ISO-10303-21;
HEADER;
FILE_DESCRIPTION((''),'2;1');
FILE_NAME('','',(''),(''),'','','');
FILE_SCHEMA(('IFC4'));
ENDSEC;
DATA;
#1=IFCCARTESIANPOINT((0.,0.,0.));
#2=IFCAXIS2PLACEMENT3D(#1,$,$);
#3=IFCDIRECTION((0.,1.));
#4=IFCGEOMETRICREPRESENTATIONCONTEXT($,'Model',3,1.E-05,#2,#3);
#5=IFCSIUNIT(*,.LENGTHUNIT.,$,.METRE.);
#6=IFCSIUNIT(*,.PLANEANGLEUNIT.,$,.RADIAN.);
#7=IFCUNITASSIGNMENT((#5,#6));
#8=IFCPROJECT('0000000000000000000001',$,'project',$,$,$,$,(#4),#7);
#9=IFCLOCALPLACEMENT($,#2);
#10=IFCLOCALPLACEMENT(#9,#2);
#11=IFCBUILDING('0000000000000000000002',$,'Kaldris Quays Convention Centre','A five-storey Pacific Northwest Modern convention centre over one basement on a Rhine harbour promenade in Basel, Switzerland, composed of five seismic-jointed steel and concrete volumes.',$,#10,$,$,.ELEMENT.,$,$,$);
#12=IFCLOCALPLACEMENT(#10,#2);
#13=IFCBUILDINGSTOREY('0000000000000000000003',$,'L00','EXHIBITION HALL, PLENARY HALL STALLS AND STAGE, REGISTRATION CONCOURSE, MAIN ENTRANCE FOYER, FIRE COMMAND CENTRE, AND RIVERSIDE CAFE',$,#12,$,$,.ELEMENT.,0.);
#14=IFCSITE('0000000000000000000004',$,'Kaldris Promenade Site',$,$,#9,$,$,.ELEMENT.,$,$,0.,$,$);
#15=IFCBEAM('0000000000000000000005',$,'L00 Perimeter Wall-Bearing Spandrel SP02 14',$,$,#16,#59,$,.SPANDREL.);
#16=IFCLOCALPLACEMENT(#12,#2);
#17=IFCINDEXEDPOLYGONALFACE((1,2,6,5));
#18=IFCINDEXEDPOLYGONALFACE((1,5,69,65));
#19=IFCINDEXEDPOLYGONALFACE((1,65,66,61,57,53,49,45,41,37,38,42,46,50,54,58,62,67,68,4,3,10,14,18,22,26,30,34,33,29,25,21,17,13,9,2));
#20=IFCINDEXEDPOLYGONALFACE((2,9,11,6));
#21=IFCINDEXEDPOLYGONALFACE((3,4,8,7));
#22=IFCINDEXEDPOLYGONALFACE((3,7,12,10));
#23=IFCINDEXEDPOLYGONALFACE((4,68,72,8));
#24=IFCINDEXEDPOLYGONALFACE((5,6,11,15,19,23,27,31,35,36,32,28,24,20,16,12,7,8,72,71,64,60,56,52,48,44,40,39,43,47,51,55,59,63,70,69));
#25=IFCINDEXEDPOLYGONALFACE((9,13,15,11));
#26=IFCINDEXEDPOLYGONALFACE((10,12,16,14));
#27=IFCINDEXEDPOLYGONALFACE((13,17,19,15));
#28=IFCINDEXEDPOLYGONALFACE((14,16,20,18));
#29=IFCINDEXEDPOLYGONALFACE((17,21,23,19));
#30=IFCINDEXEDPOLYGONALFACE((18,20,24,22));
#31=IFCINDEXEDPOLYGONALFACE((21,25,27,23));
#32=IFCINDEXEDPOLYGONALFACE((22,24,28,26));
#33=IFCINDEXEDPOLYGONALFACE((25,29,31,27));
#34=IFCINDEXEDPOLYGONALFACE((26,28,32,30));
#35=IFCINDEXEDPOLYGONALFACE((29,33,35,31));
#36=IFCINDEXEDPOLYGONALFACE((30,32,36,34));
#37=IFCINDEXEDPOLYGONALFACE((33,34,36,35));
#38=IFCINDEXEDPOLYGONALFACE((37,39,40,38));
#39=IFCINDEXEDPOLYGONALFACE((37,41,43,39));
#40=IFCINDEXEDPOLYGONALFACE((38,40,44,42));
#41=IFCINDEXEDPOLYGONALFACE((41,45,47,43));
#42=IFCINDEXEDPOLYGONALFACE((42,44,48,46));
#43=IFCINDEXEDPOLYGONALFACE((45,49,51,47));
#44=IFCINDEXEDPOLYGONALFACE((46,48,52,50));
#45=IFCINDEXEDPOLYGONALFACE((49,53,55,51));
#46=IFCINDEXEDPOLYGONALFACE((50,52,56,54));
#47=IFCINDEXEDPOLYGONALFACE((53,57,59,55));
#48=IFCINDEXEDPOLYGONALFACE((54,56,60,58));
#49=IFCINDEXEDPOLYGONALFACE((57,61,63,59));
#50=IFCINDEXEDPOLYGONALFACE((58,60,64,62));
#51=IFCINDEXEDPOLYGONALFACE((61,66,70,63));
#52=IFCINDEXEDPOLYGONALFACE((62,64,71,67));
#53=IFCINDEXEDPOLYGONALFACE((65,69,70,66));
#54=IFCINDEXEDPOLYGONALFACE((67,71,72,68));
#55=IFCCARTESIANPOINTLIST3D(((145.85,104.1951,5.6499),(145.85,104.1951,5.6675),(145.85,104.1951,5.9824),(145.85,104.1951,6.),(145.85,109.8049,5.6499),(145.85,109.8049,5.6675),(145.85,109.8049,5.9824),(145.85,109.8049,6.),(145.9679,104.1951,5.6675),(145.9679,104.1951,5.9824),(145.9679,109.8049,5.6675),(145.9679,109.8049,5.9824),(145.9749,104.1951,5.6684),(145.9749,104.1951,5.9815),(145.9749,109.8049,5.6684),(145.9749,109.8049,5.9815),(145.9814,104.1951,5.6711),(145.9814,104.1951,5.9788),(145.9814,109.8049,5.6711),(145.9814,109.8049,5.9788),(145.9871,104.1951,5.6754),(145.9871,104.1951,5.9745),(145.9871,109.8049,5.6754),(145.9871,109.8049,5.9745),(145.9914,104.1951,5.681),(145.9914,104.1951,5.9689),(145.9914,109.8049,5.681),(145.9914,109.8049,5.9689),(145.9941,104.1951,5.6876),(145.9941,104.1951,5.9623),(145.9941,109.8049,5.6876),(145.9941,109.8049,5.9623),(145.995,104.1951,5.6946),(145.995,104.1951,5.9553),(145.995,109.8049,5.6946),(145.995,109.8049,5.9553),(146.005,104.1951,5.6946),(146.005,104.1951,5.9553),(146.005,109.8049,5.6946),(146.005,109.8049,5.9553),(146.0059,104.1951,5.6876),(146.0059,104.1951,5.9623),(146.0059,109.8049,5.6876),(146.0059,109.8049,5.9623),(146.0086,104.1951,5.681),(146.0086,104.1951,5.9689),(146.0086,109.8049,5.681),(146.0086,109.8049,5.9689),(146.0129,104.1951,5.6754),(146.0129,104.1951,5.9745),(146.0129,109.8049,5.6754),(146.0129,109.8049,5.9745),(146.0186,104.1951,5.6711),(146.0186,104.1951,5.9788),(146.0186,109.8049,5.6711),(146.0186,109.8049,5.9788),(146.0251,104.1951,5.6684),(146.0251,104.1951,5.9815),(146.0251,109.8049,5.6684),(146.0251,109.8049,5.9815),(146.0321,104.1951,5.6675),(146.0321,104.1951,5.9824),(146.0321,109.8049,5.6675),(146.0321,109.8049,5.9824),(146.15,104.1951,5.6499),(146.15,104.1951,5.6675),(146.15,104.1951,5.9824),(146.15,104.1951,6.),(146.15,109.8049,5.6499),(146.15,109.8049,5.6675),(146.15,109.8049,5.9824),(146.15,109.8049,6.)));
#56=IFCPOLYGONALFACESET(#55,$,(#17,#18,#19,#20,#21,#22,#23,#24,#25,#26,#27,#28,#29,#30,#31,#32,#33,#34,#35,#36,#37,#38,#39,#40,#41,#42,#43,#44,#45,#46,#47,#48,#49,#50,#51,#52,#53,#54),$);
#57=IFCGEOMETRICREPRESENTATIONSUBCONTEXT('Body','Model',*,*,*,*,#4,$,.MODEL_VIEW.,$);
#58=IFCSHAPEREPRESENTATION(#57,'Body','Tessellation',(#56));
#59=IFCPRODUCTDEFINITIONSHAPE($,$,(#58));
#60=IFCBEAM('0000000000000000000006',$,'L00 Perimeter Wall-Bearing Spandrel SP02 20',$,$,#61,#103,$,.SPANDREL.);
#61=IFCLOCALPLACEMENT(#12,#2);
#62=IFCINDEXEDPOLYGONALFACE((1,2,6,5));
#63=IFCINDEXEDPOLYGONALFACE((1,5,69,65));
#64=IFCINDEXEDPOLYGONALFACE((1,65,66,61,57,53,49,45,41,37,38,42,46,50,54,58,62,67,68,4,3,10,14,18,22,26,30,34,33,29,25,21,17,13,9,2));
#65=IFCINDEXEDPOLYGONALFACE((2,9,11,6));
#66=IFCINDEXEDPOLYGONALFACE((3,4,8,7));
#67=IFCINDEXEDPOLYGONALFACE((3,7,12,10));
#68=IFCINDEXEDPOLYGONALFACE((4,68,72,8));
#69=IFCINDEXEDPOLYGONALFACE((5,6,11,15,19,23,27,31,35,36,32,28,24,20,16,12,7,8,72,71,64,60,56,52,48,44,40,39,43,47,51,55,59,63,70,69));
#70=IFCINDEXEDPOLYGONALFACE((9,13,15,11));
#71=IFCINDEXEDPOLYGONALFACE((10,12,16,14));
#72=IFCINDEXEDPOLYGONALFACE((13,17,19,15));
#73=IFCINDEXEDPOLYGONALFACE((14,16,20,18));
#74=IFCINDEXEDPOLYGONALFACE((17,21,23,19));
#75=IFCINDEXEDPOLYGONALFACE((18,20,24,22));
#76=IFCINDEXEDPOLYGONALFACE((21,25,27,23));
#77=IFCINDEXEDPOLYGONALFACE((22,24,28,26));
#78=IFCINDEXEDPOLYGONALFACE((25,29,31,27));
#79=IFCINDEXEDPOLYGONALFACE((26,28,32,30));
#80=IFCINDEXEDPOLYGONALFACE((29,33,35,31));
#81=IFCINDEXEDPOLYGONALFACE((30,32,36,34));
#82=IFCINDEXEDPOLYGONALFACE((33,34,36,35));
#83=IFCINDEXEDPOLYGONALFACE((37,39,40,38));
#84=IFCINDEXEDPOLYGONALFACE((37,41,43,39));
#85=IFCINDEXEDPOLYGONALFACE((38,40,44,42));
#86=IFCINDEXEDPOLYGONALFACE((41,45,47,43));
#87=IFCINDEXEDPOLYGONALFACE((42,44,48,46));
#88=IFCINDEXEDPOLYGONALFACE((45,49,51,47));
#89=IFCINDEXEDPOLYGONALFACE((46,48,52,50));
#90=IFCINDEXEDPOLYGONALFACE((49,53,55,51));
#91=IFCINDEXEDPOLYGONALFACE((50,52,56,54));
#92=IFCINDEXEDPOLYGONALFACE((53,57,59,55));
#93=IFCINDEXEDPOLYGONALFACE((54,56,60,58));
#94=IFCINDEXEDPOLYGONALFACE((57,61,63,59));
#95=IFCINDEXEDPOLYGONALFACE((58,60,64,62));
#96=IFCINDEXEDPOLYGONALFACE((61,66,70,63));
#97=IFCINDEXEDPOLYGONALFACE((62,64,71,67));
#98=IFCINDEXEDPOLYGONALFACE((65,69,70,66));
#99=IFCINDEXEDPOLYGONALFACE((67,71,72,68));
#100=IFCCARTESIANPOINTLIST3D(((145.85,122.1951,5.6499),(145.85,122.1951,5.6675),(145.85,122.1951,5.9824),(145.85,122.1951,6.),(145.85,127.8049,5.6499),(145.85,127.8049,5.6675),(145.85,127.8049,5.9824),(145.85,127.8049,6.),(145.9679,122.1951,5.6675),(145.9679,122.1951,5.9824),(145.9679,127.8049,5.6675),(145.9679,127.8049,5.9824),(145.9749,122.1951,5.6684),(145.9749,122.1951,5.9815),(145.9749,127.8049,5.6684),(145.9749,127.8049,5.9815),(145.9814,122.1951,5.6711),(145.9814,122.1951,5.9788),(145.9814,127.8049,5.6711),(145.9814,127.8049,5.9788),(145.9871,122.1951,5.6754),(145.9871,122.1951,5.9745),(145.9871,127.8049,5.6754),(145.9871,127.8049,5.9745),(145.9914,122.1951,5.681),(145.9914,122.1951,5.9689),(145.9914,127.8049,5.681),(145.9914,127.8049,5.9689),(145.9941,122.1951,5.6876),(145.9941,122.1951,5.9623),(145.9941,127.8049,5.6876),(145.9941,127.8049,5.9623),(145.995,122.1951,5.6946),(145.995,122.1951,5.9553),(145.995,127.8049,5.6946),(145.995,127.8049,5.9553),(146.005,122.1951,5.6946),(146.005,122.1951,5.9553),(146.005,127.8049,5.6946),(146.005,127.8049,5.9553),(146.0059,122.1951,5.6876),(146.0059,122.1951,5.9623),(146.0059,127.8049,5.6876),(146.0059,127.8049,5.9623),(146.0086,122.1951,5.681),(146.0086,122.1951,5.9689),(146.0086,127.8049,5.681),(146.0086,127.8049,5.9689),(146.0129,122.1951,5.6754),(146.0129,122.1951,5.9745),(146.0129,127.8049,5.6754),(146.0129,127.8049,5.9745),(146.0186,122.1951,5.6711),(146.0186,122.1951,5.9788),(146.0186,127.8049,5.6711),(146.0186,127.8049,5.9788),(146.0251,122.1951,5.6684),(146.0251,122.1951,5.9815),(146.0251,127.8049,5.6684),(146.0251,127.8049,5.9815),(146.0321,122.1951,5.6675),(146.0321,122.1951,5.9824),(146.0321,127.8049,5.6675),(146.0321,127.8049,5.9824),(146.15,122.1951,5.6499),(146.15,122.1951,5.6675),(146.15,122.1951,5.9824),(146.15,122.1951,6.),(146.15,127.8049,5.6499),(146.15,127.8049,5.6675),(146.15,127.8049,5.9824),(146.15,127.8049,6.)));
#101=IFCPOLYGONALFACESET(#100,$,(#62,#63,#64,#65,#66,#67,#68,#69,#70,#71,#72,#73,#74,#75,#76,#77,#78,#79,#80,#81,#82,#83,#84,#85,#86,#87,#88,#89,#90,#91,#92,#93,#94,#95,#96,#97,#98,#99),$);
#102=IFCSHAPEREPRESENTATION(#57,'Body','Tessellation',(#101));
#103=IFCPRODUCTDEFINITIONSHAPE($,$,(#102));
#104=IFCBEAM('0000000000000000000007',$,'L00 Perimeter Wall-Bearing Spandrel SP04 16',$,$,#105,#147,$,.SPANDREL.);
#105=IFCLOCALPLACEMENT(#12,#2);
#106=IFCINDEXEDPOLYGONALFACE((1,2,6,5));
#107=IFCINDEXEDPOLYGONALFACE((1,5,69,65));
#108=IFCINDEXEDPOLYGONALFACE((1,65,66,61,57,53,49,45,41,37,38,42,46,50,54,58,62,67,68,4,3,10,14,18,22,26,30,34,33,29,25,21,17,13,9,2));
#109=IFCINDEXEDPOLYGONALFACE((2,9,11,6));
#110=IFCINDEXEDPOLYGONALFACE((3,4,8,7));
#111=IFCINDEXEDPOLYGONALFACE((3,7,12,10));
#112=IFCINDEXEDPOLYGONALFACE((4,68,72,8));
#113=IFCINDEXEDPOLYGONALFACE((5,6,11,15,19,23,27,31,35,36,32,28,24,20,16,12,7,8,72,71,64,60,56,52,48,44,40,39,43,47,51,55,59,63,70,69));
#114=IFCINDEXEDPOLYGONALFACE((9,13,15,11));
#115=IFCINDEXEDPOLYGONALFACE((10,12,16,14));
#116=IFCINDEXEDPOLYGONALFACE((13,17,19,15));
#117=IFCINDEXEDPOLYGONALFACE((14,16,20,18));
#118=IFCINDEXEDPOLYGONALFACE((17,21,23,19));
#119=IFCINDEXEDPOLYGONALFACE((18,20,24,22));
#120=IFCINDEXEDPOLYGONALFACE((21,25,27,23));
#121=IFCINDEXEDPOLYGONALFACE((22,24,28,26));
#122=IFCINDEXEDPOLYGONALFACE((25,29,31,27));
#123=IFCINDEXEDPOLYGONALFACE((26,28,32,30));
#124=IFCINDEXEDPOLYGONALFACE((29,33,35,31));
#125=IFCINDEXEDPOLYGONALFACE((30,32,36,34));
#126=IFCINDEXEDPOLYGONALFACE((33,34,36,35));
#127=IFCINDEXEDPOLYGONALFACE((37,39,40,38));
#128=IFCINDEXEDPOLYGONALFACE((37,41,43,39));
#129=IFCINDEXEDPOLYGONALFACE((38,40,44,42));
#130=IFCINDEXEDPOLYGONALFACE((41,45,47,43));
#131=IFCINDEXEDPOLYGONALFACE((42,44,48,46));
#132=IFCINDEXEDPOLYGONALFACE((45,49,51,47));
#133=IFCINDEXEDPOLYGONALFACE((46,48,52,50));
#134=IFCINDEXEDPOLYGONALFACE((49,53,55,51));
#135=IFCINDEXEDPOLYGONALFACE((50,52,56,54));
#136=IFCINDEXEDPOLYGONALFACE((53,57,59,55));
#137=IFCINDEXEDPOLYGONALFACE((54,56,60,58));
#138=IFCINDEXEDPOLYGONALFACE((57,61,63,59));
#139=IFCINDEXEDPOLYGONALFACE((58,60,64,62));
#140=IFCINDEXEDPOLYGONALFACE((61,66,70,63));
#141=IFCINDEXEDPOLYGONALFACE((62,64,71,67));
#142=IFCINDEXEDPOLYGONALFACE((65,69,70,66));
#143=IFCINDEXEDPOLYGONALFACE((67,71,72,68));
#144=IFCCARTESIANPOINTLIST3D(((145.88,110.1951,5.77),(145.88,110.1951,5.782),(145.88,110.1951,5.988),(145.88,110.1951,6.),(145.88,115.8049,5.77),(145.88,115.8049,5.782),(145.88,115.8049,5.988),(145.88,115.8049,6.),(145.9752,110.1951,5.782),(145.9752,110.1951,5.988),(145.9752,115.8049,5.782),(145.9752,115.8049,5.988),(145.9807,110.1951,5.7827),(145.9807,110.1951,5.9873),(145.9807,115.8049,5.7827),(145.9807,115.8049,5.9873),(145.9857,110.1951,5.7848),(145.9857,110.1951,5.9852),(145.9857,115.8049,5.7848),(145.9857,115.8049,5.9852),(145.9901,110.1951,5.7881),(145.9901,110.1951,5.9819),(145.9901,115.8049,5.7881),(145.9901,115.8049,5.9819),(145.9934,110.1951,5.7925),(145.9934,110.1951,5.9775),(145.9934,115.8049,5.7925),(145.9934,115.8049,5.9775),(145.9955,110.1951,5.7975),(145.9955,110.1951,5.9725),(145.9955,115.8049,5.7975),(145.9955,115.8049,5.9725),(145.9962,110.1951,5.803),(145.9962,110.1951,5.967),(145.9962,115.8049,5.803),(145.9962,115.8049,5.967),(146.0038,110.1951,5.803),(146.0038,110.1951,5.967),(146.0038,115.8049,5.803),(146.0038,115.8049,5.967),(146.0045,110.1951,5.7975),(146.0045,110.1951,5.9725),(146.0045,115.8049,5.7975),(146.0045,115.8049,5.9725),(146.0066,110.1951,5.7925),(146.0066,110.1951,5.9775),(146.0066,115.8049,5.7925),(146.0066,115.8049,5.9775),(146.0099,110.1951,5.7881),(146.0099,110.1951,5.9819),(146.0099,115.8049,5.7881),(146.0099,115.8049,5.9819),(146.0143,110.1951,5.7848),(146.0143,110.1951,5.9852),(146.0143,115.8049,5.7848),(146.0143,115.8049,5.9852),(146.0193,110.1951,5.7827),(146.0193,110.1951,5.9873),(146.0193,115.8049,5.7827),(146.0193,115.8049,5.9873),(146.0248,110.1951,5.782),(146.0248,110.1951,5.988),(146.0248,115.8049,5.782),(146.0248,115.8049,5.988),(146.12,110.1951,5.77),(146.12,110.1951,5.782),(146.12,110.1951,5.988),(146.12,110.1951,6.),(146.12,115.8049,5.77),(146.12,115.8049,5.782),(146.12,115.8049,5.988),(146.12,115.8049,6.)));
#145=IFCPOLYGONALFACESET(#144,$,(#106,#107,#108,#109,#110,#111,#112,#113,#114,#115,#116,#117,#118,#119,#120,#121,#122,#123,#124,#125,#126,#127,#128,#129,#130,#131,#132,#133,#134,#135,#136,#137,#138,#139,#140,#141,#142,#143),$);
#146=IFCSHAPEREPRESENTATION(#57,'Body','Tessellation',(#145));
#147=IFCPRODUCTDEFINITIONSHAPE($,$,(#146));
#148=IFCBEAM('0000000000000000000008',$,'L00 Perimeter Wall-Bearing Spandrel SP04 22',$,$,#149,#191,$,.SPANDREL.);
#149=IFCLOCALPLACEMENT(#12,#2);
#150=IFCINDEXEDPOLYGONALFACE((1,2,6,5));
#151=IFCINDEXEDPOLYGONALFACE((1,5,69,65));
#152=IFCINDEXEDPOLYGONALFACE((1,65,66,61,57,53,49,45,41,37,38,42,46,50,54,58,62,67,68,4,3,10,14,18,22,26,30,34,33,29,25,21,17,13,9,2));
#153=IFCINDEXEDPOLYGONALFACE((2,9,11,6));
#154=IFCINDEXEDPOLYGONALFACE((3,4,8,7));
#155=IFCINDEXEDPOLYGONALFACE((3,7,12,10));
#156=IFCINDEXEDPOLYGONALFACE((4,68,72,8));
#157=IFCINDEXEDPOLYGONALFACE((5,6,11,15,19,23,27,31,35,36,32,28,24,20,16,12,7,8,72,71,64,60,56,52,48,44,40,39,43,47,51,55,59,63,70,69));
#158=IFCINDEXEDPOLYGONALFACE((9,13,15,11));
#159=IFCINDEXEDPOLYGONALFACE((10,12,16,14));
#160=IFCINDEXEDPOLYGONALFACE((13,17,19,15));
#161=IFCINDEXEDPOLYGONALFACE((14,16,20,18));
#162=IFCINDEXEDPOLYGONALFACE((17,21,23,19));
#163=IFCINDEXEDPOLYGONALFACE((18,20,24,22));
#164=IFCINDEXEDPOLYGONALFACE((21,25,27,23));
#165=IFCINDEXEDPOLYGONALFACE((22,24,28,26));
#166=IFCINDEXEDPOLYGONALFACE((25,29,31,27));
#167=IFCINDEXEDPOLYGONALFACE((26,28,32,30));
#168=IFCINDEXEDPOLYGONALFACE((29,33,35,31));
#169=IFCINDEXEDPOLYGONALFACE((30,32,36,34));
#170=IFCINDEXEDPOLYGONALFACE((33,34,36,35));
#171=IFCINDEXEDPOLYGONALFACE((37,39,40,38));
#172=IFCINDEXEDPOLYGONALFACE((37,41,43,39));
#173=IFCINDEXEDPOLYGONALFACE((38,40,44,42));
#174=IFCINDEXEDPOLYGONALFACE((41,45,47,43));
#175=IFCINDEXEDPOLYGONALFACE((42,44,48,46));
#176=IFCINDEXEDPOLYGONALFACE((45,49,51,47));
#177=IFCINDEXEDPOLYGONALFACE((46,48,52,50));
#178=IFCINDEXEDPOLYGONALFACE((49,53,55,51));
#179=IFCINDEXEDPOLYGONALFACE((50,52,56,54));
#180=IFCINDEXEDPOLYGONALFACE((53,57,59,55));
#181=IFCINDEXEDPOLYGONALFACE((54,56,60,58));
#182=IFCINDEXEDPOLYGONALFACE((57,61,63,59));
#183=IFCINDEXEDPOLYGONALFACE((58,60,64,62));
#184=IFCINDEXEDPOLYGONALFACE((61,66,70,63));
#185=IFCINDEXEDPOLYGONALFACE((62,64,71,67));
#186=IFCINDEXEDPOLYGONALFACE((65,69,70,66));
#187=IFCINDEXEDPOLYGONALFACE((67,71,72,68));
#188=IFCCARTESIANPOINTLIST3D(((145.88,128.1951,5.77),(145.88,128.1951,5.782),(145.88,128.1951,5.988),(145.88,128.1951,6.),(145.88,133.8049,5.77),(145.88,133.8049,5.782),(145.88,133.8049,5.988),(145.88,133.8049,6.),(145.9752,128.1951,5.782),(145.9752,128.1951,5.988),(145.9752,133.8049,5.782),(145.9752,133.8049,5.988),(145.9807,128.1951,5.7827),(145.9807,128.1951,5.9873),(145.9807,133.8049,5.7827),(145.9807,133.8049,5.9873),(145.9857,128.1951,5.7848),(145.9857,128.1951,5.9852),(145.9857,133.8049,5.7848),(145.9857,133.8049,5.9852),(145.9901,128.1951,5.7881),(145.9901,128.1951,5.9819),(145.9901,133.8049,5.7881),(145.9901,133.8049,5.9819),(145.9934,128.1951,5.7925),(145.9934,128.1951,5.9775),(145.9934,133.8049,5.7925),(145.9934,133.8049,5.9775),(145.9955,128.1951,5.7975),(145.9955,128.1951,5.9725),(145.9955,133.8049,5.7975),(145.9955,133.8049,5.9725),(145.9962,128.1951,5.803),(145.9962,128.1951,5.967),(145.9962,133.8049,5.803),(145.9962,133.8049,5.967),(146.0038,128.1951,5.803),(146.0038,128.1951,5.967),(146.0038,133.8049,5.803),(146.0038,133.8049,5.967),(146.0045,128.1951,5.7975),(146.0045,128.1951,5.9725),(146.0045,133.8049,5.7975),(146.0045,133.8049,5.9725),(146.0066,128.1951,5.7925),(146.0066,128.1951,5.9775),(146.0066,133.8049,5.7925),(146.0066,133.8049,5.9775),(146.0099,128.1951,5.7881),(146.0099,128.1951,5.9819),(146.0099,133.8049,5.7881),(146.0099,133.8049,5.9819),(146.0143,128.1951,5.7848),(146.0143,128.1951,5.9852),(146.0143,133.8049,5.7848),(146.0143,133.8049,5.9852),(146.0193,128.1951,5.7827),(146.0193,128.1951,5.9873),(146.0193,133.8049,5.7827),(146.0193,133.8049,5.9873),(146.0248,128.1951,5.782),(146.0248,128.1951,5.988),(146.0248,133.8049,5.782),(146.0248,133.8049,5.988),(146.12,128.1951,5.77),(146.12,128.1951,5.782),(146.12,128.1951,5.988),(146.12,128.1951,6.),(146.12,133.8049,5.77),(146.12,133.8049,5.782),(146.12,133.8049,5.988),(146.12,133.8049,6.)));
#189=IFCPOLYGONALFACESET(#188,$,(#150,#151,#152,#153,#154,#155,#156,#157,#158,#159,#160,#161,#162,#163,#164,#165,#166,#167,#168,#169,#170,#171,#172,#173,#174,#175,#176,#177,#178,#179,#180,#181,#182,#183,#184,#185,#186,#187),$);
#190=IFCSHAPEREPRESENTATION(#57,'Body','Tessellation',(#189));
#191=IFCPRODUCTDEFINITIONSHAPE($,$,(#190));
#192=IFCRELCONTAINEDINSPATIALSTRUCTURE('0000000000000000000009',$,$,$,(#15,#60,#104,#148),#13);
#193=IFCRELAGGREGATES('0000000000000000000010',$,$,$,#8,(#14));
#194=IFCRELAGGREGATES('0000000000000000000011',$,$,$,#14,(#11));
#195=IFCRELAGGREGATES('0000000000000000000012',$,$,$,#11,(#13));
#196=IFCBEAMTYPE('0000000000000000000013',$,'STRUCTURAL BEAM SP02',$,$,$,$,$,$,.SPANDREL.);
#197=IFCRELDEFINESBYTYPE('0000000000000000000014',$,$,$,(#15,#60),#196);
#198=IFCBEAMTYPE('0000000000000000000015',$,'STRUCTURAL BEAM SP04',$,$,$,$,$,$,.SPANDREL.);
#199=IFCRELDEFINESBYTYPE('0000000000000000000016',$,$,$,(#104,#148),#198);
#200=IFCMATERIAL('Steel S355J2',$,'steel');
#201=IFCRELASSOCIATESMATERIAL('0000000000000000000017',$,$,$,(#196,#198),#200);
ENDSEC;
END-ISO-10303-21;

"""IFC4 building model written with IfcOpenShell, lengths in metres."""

from ifc_helpers import new_model, si_unit, direction, frame, origin, origin_2d, place, context, subcontext, project, spatial, i_section, extrude, material, material_profile, profile_set, type_object, element, save


model = new_model("IFC4")

# Units and contexts
model_context = context("Model", 3, precision=1e-05, world=origin(), true_north=direction((0.0, 1.0)))
body_context = subcontext(model_context, "Body", "Model", "MODEL_VIEW")
ifc_project = project(units=[si_unit("LENGTHUNIT", "METRE"), si_unit("PLANEANGLEUNIT", "RADIAN")], contexts=[model_context])

# Site, building, storey
site_placement = place(None, origin())
site = spatial("IfcSite", under=ifc_project, at=site_placement, Name="Kaldris Promenade Site", CompositionType="ELEMENT", RefElevation=0.0)
building_placement = place(site_placement, origin())
building = spatial("IfcBuilding", under=site, at=building_placement, Name="Kaldris Quays Convention Centre", Description="A five-storey Pacific Northwest Modern convention centre over one basement on a Rhine harbour promenade in Basel, Switzerland, composed of five seismic-jointed steel and concrete volumes.", CompositionType="ELEMENT")
storey_placement = place(building_placement, origin())
storey = spatial("IfcBuildingStorey", under=building, at=storey_placement, Name="L00", Description="EXHIBITION HALL, PLENARY HALL STALLS AND STAGE, REGISTRATION CONCOURSE, MAIN ENTRANCE FOYER, FIRE COMMAND CENTRE, AND RIVERSIDE CAFE", CompositionType="ELEMENT", Elevation=0.0)

# Shared definitions
ifc_material_1 = material(Name="Steel S355J2", Category="steel")

# Beams
ifc_material_profile_1 = material_profile(ifc_material_1, i_section(OverallWidth=0.3, OverallDepth=0.3501, WebThickness=0.01, FlangeThickness=0.0176, FilletRadius=0.0271, at=origin_2d()), Name="HEA 360")
ifc_profile_set_1 = profile_set([ifc_material_profile_1], Name="Steel S355J2")
beam_type_1 = type_object("IfcBeamType", Name="STRUCTURAL BEAM SP02", PredefinedType="SPANDREL", material=ifc_profile_set_1)
for number, where, z_axis, x_axis, name in (
    (1, (146.0, 104.1951, 5.825), (0.0, 1.0, 0.0), (-1.0, 0.0, 0.0), "L00 Perimeter Wall-Bearing Spandrel SP02 14"),
    (2, (146.0, 122.1951, 5.825), (0.0, 1.0, 0.0), (-1.0, 0.0, 0.0), "L00 Perimeter Wall-Bearing Spandrel SP02 20"),
):
    element("IfcBeam", number, at=place(storey_placement, frame(where, z_axis=z_axis, x_axis=x_axis)), inside=storey, type_object=beam_type_1, Name=name, PredefinedType="SPANDREL", context=body_context, shape_type="SweptSolid", body=[
        extrude(i_section(OverallWidth=0.3, OverallDepth=0.3501, WebThickness=0.01, FlangeThickness=0.0176, FilletRadius=0.0271, at=origin_2d()), origin(), (0.0, 0.0, 1.0), 5.6099),
    ])
ifc_material_profile_2 = material_profile(ifc_material_1, i_section(OverallWidth=0.24, OverallDepth=0.23, WebThickness=0.0076, FlangeThickness=0.012, FilletRadius=0.021, at=origin_2d()), Name="HEA 240")
ifc_profile_set_2 = profile_set([ifc_material_profile_2], Name="Steel S355J2")
beam_type_2 = type_object("IfcBeamType", Name="STRUCTURAL BEAM SP04", PredefinedType="SPANDREL", material=ifc_profile_set_2)
for number, where, z_axis, x_axis, name in (
    (3, (146.0, 110.1951, 5.885), (0.0, 1.0, 0.0), (-1.0, 0.0, 0.0), "L00 Perimeter Wall-Bearing Spandrel SP04 16"),
    (4, (146.0, 128.1951, 5.885), (0.0, 1.0, 0.0), (-1.0, 0.0, 0.0), "L00 Perimeter Wall-Bearing Spandrel SP04 22"),
):
    element("IfcBeam", number, at=place(storey_placement, frame(where, z_axis=z_axis, x_axis=x_axis)), inside=storey, type_object=beam_type_2, Name=name, PredefinedType="SPANDREL", context=body_context, shape_type="SweptSolid", body=[
        extrude(i_section(OverallWidth=0.24, OverallDepth=0.23, WebThickness=0.0076, FlangeThickness=0.012, FilletRadius=0.021, at=origin_2d()), origin(), (0.0, 0.0, 1.0), 5.6099),
    ])

save(model, "model.ifc")
